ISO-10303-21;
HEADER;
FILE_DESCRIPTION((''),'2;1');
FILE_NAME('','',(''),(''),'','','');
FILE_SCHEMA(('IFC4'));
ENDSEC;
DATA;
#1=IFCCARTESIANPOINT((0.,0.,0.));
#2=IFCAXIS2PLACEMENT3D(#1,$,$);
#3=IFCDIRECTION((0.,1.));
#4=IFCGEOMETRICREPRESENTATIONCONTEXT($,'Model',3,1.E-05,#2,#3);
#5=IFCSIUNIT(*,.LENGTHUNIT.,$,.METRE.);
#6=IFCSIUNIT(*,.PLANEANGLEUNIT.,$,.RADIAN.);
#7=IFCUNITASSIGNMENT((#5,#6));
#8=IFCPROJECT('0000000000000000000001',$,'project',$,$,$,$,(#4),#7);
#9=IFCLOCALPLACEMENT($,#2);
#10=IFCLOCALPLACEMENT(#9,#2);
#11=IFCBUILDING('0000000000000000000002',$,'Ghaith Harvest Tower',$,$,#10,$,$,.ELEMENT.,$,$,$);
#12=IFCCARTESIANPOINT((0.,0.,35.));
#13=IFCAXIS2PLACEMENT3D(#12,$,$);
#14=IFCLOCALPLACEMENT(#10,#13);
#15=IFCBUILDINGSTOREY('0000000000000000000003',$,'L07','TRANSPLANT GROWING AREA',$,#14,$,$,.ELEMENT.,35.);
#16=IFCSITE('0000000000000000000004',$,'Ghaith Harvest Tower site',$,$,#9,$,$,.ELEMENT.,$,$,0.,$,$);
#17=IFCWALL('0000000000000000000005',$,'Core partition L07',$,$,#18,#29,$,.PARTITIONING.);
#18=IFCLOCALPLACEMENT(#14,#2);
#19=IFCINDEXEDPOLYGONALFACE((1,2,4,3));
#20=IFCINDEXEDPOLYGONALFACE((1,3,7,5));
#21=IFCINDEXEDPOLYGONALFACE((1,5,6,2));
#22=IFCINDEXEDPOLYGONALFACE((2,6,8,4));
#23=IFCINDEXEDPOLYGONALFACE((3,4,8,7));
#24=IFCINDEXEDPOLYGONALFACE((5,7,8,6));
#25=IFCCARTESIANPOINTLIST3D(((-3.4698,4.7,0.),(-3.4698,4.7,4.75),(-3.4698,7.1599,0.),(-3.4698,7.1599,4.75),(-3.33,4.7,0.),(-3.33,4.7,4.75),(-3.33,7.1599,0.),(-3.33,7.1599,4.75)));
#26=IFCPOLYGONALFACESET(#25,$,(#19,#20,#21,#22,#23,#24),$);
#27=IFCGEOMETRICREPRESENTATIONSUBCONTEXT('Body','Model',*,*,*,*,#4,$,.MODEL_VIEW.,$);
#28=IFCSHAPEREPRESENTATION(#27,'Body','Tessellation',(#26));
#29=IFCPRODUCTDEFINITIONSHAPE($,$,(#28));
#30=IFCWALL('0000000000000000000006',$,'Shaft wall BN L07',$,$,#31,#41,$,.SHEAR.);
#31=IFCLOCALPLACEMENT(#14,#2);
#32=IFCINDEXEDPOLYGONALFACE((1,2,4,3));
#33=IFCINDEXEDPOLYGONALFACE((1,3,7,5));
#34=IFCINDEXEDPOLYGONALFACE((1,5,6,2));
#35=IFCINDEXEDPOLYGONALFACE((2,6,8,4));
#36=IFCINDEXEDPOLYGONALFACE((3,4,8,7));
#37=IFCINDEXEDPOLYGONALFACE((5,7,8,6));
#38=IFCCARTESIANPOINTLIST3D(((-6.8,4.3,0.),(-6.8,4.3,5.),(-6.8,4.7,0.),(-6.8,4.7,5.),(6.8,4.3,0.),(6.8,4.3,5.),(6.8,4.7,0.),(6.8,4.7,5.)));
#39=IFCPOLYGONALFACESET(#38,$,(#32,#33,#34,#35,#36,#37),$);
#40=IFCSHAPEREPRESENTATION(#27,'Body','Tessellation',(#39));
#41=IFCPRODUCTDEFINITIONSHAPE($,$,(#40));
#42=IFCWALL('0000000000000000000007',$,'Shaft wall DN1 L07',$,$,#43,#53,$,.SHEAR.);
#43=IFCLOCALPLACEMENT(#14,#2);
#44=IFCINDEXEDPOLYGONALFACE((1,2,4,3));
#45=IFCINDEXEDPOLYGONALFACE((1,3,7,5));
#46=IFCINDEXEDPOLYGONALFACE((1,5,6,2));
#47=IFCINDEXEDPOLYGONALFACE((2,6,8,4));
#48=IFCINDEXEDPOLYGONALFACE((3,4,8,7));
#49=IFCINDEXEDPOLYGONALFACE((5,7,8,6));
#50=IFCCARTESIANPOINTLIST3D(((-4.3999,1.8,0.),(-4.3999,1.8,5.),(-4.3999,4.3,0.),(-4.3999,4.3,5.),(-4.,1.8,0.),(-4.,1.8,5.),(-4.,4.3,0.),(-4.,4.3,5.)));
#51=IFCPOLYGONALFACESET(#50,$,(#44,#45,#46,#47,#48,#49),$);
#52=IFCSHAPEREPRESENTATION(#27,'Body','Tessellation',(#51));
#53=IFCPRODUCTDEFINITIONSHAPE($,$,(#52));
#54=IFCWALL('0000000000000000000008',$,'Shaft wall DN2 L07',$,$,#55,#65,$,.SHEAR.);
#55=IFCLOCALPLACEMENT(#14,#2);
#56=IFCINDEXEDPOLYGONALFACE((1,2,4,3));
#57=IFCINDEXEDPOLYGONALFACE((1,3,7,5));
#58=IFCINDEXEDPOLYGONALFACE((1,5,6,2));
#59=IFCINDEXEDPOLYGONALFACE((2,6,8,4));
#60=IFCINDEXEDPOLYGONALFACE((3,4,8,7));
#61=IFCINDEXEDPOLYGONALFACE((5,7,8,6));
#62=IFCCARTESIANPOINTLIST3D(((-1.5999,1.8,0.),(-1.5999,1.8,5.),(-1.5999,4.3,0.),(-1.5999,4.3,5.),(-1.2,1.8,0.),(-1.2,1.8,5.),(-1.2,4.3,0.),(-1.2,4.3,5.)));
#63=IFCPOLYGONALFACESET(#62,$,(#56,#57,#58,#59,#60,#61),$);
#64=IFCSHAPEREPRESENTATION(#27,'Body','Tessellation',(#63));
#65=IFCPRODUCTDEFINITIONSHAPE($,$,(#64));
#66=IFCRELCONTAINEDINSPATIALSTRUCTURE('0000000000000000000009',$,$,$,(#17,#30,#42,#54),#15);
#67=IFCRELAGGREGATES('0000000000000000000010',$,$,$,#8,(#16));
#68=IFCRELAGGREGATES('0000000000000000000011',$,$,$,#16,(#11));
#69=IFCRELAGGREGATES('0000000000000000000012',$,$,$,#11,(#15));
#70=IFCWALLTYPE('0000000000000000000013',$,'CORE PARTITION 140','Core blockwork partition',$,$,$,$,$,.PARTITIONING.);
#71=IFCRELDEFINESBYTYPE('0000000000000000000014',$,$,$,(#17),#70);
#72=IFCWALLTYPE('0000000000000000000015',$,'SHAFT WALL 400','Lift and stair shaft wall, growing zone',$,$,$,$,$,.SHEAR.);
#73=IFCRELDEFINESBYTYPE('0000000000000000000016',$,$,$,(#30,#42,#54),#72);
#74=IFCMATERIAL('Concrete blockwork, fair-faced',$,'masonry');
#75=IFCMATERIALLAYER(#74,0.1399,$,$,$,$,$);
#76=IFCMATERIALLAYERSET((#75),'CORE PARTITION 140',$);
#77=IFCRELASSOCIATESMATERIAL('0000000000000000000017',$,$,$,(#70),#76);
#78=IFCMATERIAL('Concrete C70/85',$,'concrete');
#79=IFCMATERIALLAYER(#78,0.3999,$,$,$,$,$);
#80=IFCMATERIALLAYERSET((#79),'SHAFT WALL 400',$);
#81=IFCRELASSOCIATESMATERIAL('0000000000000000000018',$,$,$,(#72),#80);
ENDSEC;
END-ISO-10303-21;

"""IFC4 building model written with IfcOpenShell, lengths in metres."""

from ifc_helpers import new_model, si_unit, direction, frame, frame_2d, origin, place, context, subcontext, project, spatial, rectangle, extrude, material, layer, layer_set, type_object, element, save


model = new_model("IFC4")

# Units and contexts
model_context = context("Model", 3, precision=1e-05, world=origin(), true_north=direction((0.0, 1.0)))
body_context = subcontext(model_context, "Body", "Model", "MODEL_VIEW")
ifc_project = project(units=[si_unit("LENGTHUNIT", "METRE"), si_unit("PLANEANGLEUNIT", "RADIAN")], contexts=[model_context])

# Site, building, storey
site_placement = place(None, origin())
site = spatial("IfcSite", under=ifc_project, at=site_placement, Name="Ghaith Harvest Tower site", CompositionType="ELEMENT", RefElevation=0.0)
building_placement = place(site_placement, origin())
building = spatial("IfcBuilding", under=site, at=building_placement, Name="Ghaith Harvest Tower", CompositionType="ELEMENT")
storey_placement = place(building_placement, frame((0.0, 0.0, 35.0)))
storey = spatial("IfcBuildingStorey", under=building, at=storey_placement, Name="L07", Description="TRANSPLANT GROWING AREA", CompositionType="ELEMENT", Elevation=35.0)

# Shared definitions
ifc_material_1 = material(Name="Concrete blockwork, fair-faced", Category="masonry")
ifc_layer_1 = layer(ifc_material_1, 0.1399)
ifc_layer_set_1 = layer_set([ifc_layer_1], Name="CORE PARTITION 140")
wall_type_1 = type_object("IfcWallType", Name="CORE PARTITION 140", Description="Core blockwork partition", PredefinedType="PARTITIONING", material=ifc_layer_set_1)

# Walls
wall_1_placement = place(storey_placement, frame((-3.3999, 4.7, 0.0), z_axis=(0.0, 0.0, 1.0), x_axis=(0.0, 1.0, 0.0)))
element("IfcWall", 1, at=wall_1_placement, inside=storey, type_object=wall_type_1, Name="Core partition L07", PredefinedType="PARTITIONING", context=body_context, shape_type="SweptSolid", body=[
    extrude(rectangle(XDim=2.46, YDim=0.1399, at=frame_2d((1.23, 0.0))), origin(), (0.0, 0.0, 1.0), 4.75),
])
ifc_material_2 = material(Name="Concrete C70/85", Category="concrete")
ifc_layer_2 = layer(ifc_material_2, 0.3999)
ifc_layer_set_2 = layer_set([ifc_layer_2], Name="SHAFT WALL 400")
wall_type_2 = type_object("IfcWallType", Name="SHAFT WALL 400", Description="Lift and stair shaft wall, growing zone", PredefinedType="SHEAR", material=ifc_layer_set_2)
wall_2_placement = place(storey_placement, frame((-6.8, 4.5, 0.0), z_axis=(0.0, 0.0, 1.0), x_axis=(1.0, 0.0, 0.0)))
element("IfcWall", 2, at=wall_2_placement, inside=storey, type_object=wall_type_2, Name="Shaft wall BN L07", PredefinedType="SHEAR", context=body_context, shape_type="SweptSolid", body=[
    extrude(rectangle(XDim=13.6001, YDim=0.3999, at=frame_2d((6.8, 0.0))), origin(), (0.0, 0.0, 1.0), 5.0),
])
for number, where, z_axis, x_axis, name in (
    (3, (-4.2, 1.8, 0.0), (0.0, 0.0, 1.0), (0.0, 1.0, 0.0), "Shaft wall DN1 L07"),
    (4, (-1.3999, 1.8, 0.0), (0.0, 0.0, 1.0), (0.0, 1.0, 0.0), "Shaft wall DN2 L07"),
):
    element("IfcWall", number, at=place(storey_placement, frame(where, z_axis=z_axis, x_axis=x_axis)), inside=storey, type_object=wall_type_2, Name=name, PredefinedType="SHEAR", context=body_context, shape_type="SweptSolid", body=[
        extrude(rectangle(XDim=2.5, YDim=0.3999, at=frame_2d((1.25, 0.0))), origin(), (0.0, 0.0, 1.0), 5.0),
    ])

save(model, "model.ifc")
